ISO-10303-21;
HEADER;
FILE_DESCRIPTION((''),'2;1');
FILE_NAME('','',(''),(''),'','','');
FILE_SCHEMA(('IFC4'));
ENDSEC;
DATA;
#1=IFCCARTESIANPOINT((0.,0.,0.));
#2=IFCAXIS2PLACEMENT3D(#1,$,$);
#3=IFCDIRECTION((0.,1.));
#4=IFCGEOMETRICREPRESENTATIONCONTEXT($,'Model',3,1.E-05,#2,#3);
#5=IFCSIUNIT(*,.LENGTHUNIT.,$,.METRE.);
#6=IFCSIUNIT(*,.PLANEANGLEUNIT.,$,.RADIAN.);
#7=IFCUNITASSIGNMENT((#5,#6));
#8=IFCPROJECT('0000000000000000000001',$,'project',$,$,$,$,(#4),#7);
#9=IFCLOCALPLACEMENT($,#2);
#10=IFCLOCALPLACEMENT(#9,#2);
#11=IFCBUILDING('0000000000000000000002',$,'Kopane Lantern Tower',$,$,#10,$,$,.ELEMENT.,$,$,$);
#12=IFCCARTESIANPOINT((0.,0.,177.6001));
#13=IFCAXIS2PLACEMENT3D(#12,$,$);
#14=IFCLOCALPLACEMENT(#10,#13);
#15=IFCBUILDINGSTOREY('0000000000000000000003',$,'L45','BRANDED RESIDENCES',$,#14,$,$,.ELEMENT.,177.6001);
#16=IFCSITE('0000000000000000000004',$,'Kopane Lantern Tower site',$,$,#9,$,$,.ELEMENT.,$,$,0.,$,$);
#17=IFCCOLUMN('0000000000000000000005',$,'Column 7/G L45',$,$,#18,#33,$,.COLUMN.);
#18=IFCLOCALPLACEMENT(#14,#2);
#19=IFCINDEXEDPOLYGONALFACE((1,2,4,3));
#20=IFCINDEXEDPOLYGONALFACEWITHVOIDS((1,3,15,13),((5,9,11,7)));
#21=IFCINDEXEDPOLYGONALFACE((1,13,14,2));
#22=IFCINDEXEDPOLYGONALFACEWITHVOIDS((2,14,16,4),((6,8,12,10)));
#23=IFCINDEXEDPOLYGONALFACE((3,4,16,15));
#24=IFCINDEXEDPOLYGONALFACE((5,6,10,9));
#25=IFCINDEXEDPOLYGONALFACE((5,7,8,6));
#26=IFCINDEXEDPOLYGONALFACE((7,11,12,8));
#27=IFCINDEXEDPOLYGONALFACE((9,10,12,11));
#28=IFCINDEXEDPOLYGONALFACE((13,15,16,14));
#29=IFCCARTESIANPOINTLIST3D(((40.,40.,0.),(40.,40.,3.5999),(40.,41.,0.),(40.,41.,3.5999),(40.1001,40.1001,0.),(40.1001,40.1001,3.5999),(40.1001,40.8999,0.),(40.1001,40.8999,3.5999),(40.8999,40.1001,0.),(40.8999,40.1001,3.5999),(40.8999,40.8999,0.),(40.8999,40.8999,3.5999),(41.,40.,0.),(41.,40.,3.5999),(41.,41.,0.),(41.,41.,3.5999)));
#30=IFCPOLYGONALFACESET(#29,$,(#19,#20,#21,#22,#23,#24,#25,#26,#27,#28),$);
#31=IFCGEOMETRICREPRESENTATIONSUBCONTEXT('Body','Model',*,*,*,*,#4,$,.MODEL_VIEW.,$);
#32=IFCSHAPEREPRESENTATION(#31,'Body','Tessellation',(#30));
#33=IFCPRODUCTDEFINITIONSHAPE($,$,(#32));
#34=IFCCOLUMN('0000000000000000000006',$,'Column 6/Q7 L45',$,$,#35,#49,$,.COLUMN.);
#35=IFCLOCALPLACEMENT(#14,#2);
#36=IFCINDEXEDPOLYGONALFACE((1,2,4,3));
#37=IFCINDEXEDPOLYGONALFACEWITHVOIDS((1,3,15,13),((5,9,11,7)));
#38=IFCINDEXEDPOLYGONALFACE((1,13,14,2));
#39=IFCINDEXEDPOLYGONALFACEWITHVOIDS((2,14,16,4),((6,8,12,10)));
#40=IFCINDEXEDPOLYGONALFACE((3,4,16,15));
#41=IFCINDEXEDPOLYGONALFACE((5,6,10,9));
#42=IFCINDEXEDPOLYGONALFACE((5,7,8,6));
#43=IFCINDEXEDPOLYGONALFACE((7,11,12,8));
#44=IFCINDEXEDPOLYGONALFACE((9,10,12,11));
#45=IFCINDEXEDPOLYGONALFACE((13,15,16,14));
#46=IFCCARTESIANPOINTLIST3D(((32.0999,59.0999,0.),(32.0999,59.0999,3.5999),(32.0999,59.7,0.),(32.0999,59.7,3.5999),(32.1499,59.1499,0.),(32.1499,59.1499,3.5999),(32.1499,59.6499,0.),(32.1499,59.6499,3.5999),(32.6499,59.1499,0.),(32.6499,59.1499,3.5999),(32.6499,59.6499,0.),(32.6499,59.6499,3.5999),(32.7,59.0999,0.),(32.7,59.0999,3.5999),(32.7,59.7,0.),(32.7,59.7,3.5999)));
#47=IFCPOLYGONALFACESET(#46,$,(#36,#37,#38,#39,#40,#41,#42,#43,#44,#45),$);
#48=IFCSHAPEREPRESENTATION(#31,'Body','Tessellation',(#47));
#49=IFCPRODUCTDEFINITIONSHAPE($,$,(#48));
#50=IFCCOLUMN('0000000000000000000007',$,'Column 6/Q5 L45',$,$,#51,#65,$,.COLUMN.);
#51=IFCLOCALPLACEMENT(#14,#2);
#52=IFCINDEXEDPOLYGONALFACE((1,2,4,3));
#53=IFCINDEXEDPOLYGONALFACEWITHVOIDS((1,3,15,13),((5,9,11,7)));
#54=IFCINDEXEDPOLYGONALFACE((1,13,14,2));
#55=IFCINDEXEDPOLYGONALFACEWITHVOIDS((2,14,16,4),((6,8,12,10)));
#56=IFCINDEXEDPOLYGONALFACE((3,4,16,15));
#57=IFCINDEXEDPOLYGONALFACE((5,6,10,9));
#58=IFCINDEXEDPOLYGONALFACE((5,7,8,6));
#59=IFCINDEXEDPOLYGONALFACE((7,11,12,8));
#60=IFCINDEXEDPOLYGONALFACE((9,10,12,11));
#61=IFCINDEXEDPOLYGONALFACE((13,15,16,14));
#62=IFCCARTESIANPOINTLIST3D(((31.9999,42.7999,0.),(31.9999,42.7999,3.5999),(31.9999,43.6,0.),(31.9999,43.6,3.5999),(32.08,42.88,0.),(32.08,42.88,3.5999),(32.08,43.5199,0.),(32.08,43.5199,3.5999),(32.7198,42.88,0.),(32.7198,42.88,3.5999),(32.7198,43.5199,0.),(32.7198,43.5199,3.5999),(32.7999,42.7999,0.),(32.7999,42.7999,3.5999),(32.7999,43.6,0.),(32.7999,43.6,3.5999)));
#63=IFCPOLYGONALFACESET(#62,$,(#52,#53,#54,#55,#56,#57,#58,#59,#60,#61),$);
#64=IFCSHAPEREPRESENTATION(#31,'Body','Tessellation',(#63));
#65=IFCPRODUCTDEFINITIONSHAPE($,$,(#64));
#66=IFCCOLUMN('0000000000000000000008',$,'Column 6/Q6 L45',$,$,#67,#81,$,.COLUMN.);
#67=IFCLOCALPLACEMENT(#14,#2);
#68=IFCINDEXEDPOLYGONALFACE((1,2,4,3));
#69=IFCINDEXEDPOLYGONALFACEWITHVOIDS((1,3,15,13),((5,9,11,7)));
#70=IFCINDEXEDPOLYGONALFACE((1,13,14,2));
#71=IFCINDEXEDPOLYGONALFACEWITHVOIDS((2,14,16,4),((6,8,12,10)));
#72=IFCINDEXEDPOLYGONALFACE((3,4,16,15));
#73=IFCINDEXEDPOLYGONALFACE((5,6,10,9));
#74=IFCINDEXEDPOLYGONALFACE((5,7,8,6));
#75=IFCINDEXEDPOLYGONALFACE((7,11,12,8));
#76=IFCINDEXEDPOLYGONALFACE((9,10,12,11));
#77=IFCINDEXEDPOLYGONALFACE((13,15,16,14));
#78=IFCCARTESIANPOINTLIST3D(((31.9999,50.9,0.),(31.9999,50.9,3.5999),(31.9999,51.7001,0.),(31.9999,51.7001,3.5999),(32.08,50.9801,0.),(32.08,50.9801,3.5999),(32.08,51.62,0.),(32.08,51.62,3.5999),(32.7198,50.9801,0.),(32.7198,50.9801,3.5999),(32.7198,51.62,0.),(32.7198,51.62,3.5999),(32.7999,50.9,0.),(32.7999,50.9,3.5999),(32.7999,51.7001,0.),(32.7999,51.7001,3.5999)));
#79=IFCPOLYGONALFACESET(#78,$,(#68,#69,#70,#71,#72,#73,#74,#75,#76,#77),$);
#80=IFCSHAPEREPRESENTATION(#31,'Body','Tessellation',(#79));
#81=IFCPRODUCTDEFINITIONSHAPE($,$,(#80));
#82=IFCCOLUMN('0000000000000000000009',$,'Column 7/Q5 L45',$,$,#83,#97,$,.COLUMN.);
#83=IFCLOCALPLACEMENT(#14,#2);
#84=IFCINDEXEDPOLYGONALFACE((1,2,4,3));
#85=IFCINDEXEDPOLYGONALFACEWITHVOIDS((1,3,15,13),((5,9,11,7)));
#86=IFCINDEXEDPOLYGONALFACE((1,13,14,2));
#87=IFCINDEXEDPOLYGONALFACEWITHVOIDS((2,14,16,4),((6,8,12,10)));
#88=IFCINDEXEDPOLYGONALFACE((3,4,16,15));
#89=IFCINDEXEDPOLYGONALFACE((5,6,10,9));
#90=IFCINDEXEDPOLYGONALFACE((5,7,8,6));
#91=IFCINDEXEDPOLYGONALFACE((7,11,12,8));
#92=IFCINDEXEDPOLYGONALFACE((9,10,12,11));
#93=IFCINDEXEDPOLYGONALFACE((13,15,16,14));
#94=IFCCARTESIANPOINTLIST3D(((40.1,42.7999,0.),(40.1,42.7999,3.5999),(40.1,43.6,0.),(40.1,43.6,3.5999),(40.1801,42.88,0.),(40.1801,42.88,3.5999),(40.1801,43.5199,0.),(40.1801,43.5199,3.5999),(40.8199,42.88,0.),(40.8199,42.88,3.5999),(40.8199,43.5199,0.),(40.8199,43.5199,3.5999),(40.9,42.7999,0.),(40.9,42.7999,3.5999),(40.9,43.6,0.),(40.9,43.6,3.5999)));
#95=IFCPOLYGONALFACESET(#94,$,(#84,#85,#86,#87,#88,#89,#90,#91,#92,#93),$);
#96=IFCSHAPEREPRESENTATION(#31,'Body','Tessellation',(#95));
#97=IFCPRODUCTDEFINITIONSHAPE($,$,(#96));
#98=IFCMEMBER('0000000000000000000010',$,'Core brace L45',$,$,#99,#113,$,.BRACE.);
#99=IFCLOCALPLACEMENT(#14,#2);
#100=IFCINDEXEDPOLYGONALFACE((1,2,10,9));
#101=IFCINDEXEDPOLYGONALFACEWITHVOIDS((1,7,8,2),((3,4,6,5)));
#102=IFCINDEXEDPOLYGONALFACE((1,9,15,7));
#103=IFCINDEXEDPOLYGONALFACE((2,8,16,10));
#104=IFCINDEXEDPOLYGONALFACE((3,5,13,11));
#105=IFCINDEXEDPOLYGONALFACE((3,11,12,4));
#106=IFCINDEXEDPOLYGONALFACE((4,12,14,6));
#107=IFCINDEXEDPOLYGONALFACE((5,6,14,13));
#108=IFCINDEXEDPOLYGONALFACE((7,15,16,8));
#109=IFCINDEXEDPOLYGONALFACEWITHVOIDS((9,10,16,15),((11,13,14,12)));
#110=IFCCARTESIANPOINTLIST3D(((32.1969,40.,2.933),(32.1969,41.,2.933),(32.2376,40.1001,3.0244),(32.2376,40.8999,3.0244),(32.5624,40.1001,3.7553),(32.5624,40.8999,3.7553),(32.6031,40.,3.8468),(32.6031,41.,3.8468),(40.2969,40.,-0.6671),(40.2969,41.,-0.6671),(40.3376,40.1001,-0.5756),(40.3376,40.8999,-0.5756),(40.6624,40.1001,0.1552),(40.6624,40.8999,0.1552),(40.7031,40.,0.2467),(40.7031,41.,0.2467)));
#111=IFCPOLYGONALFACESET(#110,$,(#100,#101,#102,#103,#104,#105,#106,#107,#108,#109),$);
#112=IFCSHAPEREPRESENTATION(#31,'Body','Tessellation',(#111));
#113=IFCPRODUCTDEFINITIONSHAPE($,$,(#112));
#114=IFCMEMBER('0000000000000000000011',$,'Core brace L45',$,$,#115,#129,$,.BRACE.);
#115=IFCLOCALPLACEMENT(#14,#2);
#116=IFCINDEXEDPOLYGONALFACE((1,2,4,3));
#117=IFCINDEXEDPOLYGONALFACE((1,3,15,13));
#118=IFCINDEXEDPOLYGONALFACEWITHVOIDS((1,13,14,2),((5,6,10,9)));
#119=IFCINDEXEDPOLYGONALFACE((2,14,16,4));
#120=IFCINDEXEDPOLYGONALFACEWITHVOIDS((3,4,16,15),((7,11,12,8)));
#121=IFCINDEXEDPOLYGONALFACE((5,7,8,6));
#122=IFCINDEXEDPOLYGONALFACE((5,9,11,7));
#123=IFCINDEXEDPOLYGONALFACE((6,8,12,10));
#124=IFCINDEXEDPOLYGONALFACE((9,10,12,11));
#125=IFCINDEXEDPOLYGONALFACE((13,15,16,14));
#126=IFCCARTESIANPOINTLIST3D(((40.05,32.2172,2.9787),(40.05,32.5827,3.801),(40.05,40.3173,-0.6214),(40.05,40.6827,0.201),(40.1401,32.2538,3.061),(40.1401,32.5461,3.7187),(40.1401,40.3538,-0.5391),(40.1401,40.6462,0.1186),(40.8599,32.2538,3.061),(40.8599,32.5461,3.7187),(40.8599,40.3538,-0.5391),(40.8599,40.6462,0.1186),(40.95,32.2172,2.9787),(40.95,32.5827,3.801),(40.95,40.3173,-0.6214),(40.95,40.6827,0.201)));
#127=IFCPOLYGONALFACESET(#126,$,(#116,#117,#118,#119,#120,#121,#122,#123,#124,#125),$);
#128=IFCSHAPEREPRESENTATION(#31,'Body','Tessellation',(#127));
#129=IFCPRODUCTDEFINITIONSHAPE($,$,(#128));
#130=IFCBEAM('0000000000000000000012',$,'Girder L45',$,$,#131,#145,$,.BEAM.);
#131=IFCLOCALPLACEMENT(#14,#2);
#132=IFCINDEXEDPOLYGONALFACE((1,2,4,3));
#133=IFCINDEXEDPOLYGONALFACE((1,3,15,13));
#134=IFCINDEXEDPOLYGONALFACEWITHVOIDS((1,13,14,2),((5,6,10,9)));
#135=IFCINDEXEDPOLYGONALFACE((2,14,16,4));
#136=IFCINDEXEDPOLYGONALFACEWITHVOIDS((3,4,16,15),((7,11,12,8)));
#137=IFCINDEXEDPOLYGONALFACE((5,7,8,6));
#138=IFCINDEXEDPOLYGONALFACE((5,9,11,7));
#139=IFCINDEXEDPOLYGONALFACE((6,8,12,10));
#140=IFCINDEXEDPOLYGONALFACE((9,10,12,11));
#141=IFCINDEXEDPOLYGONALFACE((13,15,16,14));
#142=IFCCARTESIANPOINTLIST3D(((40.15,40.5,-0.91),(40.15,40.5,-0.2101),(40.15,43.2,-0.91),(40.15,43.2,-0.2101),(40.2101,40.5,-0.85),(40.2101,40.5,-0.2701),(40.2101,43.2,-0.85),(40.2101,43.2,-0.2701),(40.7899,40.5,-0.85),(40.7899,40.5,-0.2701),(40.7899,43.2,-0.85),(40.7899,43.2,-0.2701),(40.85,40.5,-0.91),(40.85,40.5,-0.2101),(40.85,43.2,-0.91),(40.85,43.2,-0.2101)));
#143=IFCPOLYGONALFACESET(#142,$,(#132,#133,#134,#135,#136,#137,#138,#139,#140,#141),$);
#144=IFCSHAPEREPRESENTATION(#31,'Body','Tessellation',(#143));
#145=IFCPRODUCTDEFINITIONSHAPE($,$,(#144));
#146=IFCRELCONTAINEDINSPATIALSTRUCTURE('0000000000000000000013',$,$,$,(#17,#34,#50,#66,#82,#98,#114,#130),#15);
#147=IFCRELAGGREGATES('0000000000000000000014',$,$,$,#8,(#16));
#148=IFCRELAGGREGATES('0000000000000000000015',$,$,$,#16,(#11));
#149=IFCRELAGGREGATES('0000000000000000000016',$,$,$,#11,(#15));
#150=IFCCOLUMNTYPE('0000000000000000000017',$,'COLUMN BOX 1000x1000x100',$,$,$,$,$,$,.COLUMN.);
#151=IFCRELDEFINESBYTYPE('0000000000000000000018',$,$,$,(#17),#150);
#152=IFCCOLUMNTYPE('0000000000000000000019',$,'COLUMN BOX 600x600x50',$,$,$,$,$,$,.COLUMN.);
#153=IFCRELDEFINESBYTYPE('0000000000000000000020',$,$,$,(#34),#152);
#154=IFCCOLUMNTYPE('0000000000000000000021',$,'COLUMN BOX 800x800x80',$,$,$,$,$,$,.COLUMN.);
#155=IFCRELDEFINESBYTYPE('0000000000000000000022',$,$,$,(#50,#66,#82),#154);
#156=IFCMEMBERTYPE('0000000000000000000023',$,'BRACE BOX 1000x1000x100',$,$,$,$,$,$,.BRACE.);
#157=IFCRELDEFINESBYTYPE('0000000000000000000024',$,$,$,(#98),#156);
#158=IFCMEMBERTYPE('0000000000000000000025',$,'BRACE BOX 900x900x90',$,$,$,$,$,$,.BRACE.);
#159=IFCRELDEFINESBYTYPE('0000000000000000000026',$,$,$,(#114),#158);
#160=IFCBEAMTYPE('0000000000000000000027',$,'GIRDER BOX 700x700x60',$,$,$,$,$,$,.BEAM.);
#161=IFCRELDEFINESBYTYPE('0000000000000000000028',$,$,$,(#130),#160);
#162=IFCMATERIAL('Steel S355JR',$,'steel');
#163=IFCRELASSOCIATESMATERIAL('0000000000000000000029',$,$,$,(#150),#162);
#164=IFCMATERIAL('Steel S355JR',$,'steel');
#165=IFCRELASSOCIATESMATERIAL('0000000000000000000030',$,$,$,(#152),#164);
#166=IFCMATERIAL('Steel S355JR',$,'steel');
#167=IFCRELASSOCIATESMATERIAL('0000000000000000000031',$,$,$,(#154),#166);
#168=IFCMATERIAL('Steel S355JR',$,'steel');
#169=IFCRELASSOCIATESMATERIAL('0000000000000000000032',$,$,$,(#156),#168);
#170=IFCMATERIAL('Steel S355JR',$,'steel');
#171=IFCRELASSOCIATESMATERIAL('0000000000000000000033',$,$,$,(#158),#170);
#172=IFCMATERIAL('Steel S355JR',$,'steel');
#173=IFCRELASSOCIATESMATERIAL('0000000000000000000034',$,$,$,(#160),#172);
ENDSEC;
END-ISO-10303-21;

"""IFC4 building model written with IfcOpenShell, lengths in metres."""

from ifc_helpers import new_model, si_unit, direction, frame, origin, origin_2d, place, context, subcontext, project, spatial, hollow_rectangle, extrude, material, material_profile, profile_set, type_object, element, save


model = new_model("IFC4")

# Units and contexts
model_context = context("Model", 3, precision=1e-05, world=origin(), true_north=direction((0.0, 1.0)))
body_context = subcontext(model_context, "Body", "Model", "MODEL_VIEW")
ifc_project = project(units=[si_unit("LENGTHUNIT", "METRE"), si_unit("PLANEANGLEUNIT", "RADIAN")], contexts=[model_context])

# Site, building, storey
site_placement = place(None, origin())
site = spatial("IfcSite", under=ifc_project, at=site_placement, Name="Kopane Lantern Tower site", CompositionType="ELEMENT", RefElevation=0.0)
building_placement = place(site_placement, origin())
building = spatial("IfcBuilding", under=site, at=building_placement, Name="Kopane Lantern Tower", CompositionType="ELEMENT")
storey_placement = place(building_placement, frame((0.0, 0.0, 177.6001)))
storey = spatial("IfcBuildingStorey", under=building, at=storey_placement, Name="L45", Description="BRANDED RESIDENCES", CompositionType="ELEMENT", Elevation=177.6001)

# Columns
ifc_material_1 = material(Name="Steel S355JR", Category="steel")
ifc_material_profile_1 = material_profile(ifc_material_1, hollow_rectangle(XDim=1.0, YDim=1.0, WallThickness=0.1001, at=origin_2d()), Name="BOX 1000x1000x100")
ifc_profile_set_1 = profile_set([ifc_material_profile_1], Name="Steel S355JR")
column_type_1 = type_object("IfcColumnType", Name="COLUMN BOX 1000x1000x100", PredefinedType="COLUMN", material=ifc_profile_set_1)
column_1_placement = place(storey_placement, frame((40.5, 40.5, 0.0), z_axis=(0.0, 0.0, 1.0), x_axis=(1.0, 0.0, 0.0)))
element("IfcColumn", 1, at=column_1_placement, inside=storey, type_object=column_type_1, Name="Column 7/G L45", PredefinedType="COLUMN", context=body_context, shape_type="SweptSolid", body=[
    extrude(hollow_rectangle(XDim=1.0, YDim=1.0, WallThickness=0.1001, at=origin_2d()), origin(), (0.0, 0.0, 1.0), 3.5999),
])
ifc_material_2 = material(Name="Steel S355JR", Category="steel")
ifc_material_profile_2 = material_profile(ifc_material_2, hollow_rectangle(XDim=0.6001, YDim=0.6001, WallThickness=0.05, at=origin_2d()), Name="BOX 600x600x50")
ifc_profile_set_2 = profile_set([ifc_material_profile_2], Name="Steel S355JR")
column_type_2 = type_object("IfcColumnType", Name="COLUMN BOX 600x600x50", PredefinedType="COLUMN", material=ifc_profile_set_2)
column_2_placement = place(storey_placement, frame((32.3999, 59.3999, 0.0), z_axis=(0.0, 0.0, 1.0), x_axis=(1.0, 0.0, 0.0)))
element("IfcColumn", 2, at=column_2_placement, inside=storey, type_object=column_type_2, Name="Column 6/Q7 L45", PredefinedType="COLUMN", context=body_context, shape_type="SweptSolid", body=[
    extrude(hollow_rectangle(XDim=0.6001, YDim=0.6001, WallThickness=0.05, at=origin_2d()), origin(), (0.0, 0.0, 1.0), 3.5999),
])
ifc_material_3 = material(Name="Steel S355JR", Category="steel")
ifc_material_profile_3 = material_profile(ifc_material_3, hollow_rectangle(XDim=0.8, YDim=0.8, WallThickness=0.0801, at=origin_2d()), Name="BOX 800x800x80")
ifc_profile_set_3 = profile_set([ifc_material_profile_3], Name="Steel S355JR")
column_type_3 = type_object("IfcColumnType", Name="COLUMN BOX 800x800x80", PredefinedType="COLUMN", material=ifc_profile_set_3)
for number, where, z_axis, x_axis, name in (
    (3, (32.3999, 43.2, 0.0), (0.0, 0.0, 1.0), (1.0, 0.0, 0.0), "Column 6/Q5 L45"),
    (4, (32.3999, 51.3, 0.0), (0.0, 0.0, 1.0), (1.0, 0.0, 0.0), "Column 6/Q6 L45"),
    (5, (40.5, 43.2, 0.0), (0.0, 0.0, 1.0), (1.0, 0.0, 0.0), "Column 7/Q5 L45"),
):
    element("IfcColumn", number, at=place(storey_placement, frame(where, z_axis=z_axis, x_axis=x_axis)), inside=storey, type_object=column_type_3, Name=name, PredefinedType="COLUMN", context=body_context, shape_type="SweptSolid", body=[
        extrude(hollow_rectangle(XDim=0.8, YDim=0.8, WallThickness=0.0801, at=origin_2d()), origin(), (0.0, 0.0, 1.0), 3.5999),
    ])

# Members
ifc_material_4 = material(Name="Steel S355JR", Category="steel")
ifc_material_profile_4 = material_profile(ifc_material_4, hollow_rectangle(XDim=1.0, YDim=1.0, WallThickness=0.1001, at=origin_2d()), Name="BOX 1000x1000x100")
ifc_profile_set_4 = profile_set([ifc_material_profile_4], Name="Steel S355JR")
member_type_1 = type_object("IfcMemberType", Name="BRACE BOX 1000x1000x100", PredefinedType="BRACE", material=ifc_profile_set_4)
member_1_placement = place(storey_placement, frame((40.5, 40.5, -0.2102), z_axis=(-0.913809, 0.0, 0.406144), x_axis=(0.0, -1.0, 0.0)))
element("IfcMember", 6, at=member_1_placement, inside=storey, type_object=member_type_1, Name="Core brace L45", PredefinedType="BRACE", context=body_context, shape_type="SweptSolid", body=[
    extrude(hollow_rectangle(XDim=1.0, YDim=1.0, WallThickness=0.1001, at=origin_2d()), origin(), (0.0, 0.0, 1.0), 8.864),
])
ifc_material_5 = material(Name="Steel S355JR", Category="steel")
ifc_material_profile_5 = material_profile(ifc_material_5, hollow_rectangle(XDim=0.8999, YDim=0.8999, WallThickness=0.0901, at=origin_2d()), Name="BOX 900x900x90")
ifc_profile_set_5 = profile_set([ifc_material_profile_5], Name="Steel S355JR")
member_type_2 = type_object("IfcMemberType", Name="BRACE BOX 900x900x90", PredefinedType="BRACE", material=ifc_profile_set_5)
member_2_placement = place(storey_placement, frame((40.5, 40.5, -0.2102), z_axis=(0.0, -0.913809, 0.406144), x_axis=(1.0, 0.0, 0.0)))
element("IfcMember", 7, at=member_2_placement, inside=storey, type_object=member_type_2, Name="Core brace L45", PredefinedType="BRACE", context=body_context, shape_type="SweptSolid", body=[
    extrude(hollow_rectangle(XDim=0.8999, YDim=0.8999, WallThickness=0.0901, at=origin_2d()), origin(), (0.0, 0.0, 1.0), 8.864),
])

# Beam
ifc_material_6 = material(Name="Steel S355JR", Category="steel")
ifc_material_profile_6 = material_profile(ifc_material_6, hollow_rectangle(XDim=0.7, YDim=0.7, WallThickness=0.0601, at=origin_2d()), Name="BOX 700x700x60")
ifc_profile_set_6 = profile_set([ifc_material_profile_6], Name="Steel S355JR")
beam_type_1 = type_object("IfcBeamType", Name="GIRDER BOX 700x700x60", PredefinedType="BEAM", material=ifc_profile_set_6)
beam_1_placement = place(storey_placement, frame((40.5, 40.5, -0.5601), z_axis=(0.0, 1.0, 0.0), x_axis=(-1.0, 0.0, 0.0)))
element("IfcBeam", 8, at=beam_1_placement, inside=storey, type_object=beam_type_1, Name="Girder L45", PredefinedType="BEAM", context=body_context, shape_type="SweptSolid", body=[
    extrude(hollow_rectangle(XDim=0.7, YDim=0.7, WallThickness=0.0601, at=origin_2d()), origin(), (0.0, 0.0, 1.0), 2.7),
])

save(model, "model.ifc")
